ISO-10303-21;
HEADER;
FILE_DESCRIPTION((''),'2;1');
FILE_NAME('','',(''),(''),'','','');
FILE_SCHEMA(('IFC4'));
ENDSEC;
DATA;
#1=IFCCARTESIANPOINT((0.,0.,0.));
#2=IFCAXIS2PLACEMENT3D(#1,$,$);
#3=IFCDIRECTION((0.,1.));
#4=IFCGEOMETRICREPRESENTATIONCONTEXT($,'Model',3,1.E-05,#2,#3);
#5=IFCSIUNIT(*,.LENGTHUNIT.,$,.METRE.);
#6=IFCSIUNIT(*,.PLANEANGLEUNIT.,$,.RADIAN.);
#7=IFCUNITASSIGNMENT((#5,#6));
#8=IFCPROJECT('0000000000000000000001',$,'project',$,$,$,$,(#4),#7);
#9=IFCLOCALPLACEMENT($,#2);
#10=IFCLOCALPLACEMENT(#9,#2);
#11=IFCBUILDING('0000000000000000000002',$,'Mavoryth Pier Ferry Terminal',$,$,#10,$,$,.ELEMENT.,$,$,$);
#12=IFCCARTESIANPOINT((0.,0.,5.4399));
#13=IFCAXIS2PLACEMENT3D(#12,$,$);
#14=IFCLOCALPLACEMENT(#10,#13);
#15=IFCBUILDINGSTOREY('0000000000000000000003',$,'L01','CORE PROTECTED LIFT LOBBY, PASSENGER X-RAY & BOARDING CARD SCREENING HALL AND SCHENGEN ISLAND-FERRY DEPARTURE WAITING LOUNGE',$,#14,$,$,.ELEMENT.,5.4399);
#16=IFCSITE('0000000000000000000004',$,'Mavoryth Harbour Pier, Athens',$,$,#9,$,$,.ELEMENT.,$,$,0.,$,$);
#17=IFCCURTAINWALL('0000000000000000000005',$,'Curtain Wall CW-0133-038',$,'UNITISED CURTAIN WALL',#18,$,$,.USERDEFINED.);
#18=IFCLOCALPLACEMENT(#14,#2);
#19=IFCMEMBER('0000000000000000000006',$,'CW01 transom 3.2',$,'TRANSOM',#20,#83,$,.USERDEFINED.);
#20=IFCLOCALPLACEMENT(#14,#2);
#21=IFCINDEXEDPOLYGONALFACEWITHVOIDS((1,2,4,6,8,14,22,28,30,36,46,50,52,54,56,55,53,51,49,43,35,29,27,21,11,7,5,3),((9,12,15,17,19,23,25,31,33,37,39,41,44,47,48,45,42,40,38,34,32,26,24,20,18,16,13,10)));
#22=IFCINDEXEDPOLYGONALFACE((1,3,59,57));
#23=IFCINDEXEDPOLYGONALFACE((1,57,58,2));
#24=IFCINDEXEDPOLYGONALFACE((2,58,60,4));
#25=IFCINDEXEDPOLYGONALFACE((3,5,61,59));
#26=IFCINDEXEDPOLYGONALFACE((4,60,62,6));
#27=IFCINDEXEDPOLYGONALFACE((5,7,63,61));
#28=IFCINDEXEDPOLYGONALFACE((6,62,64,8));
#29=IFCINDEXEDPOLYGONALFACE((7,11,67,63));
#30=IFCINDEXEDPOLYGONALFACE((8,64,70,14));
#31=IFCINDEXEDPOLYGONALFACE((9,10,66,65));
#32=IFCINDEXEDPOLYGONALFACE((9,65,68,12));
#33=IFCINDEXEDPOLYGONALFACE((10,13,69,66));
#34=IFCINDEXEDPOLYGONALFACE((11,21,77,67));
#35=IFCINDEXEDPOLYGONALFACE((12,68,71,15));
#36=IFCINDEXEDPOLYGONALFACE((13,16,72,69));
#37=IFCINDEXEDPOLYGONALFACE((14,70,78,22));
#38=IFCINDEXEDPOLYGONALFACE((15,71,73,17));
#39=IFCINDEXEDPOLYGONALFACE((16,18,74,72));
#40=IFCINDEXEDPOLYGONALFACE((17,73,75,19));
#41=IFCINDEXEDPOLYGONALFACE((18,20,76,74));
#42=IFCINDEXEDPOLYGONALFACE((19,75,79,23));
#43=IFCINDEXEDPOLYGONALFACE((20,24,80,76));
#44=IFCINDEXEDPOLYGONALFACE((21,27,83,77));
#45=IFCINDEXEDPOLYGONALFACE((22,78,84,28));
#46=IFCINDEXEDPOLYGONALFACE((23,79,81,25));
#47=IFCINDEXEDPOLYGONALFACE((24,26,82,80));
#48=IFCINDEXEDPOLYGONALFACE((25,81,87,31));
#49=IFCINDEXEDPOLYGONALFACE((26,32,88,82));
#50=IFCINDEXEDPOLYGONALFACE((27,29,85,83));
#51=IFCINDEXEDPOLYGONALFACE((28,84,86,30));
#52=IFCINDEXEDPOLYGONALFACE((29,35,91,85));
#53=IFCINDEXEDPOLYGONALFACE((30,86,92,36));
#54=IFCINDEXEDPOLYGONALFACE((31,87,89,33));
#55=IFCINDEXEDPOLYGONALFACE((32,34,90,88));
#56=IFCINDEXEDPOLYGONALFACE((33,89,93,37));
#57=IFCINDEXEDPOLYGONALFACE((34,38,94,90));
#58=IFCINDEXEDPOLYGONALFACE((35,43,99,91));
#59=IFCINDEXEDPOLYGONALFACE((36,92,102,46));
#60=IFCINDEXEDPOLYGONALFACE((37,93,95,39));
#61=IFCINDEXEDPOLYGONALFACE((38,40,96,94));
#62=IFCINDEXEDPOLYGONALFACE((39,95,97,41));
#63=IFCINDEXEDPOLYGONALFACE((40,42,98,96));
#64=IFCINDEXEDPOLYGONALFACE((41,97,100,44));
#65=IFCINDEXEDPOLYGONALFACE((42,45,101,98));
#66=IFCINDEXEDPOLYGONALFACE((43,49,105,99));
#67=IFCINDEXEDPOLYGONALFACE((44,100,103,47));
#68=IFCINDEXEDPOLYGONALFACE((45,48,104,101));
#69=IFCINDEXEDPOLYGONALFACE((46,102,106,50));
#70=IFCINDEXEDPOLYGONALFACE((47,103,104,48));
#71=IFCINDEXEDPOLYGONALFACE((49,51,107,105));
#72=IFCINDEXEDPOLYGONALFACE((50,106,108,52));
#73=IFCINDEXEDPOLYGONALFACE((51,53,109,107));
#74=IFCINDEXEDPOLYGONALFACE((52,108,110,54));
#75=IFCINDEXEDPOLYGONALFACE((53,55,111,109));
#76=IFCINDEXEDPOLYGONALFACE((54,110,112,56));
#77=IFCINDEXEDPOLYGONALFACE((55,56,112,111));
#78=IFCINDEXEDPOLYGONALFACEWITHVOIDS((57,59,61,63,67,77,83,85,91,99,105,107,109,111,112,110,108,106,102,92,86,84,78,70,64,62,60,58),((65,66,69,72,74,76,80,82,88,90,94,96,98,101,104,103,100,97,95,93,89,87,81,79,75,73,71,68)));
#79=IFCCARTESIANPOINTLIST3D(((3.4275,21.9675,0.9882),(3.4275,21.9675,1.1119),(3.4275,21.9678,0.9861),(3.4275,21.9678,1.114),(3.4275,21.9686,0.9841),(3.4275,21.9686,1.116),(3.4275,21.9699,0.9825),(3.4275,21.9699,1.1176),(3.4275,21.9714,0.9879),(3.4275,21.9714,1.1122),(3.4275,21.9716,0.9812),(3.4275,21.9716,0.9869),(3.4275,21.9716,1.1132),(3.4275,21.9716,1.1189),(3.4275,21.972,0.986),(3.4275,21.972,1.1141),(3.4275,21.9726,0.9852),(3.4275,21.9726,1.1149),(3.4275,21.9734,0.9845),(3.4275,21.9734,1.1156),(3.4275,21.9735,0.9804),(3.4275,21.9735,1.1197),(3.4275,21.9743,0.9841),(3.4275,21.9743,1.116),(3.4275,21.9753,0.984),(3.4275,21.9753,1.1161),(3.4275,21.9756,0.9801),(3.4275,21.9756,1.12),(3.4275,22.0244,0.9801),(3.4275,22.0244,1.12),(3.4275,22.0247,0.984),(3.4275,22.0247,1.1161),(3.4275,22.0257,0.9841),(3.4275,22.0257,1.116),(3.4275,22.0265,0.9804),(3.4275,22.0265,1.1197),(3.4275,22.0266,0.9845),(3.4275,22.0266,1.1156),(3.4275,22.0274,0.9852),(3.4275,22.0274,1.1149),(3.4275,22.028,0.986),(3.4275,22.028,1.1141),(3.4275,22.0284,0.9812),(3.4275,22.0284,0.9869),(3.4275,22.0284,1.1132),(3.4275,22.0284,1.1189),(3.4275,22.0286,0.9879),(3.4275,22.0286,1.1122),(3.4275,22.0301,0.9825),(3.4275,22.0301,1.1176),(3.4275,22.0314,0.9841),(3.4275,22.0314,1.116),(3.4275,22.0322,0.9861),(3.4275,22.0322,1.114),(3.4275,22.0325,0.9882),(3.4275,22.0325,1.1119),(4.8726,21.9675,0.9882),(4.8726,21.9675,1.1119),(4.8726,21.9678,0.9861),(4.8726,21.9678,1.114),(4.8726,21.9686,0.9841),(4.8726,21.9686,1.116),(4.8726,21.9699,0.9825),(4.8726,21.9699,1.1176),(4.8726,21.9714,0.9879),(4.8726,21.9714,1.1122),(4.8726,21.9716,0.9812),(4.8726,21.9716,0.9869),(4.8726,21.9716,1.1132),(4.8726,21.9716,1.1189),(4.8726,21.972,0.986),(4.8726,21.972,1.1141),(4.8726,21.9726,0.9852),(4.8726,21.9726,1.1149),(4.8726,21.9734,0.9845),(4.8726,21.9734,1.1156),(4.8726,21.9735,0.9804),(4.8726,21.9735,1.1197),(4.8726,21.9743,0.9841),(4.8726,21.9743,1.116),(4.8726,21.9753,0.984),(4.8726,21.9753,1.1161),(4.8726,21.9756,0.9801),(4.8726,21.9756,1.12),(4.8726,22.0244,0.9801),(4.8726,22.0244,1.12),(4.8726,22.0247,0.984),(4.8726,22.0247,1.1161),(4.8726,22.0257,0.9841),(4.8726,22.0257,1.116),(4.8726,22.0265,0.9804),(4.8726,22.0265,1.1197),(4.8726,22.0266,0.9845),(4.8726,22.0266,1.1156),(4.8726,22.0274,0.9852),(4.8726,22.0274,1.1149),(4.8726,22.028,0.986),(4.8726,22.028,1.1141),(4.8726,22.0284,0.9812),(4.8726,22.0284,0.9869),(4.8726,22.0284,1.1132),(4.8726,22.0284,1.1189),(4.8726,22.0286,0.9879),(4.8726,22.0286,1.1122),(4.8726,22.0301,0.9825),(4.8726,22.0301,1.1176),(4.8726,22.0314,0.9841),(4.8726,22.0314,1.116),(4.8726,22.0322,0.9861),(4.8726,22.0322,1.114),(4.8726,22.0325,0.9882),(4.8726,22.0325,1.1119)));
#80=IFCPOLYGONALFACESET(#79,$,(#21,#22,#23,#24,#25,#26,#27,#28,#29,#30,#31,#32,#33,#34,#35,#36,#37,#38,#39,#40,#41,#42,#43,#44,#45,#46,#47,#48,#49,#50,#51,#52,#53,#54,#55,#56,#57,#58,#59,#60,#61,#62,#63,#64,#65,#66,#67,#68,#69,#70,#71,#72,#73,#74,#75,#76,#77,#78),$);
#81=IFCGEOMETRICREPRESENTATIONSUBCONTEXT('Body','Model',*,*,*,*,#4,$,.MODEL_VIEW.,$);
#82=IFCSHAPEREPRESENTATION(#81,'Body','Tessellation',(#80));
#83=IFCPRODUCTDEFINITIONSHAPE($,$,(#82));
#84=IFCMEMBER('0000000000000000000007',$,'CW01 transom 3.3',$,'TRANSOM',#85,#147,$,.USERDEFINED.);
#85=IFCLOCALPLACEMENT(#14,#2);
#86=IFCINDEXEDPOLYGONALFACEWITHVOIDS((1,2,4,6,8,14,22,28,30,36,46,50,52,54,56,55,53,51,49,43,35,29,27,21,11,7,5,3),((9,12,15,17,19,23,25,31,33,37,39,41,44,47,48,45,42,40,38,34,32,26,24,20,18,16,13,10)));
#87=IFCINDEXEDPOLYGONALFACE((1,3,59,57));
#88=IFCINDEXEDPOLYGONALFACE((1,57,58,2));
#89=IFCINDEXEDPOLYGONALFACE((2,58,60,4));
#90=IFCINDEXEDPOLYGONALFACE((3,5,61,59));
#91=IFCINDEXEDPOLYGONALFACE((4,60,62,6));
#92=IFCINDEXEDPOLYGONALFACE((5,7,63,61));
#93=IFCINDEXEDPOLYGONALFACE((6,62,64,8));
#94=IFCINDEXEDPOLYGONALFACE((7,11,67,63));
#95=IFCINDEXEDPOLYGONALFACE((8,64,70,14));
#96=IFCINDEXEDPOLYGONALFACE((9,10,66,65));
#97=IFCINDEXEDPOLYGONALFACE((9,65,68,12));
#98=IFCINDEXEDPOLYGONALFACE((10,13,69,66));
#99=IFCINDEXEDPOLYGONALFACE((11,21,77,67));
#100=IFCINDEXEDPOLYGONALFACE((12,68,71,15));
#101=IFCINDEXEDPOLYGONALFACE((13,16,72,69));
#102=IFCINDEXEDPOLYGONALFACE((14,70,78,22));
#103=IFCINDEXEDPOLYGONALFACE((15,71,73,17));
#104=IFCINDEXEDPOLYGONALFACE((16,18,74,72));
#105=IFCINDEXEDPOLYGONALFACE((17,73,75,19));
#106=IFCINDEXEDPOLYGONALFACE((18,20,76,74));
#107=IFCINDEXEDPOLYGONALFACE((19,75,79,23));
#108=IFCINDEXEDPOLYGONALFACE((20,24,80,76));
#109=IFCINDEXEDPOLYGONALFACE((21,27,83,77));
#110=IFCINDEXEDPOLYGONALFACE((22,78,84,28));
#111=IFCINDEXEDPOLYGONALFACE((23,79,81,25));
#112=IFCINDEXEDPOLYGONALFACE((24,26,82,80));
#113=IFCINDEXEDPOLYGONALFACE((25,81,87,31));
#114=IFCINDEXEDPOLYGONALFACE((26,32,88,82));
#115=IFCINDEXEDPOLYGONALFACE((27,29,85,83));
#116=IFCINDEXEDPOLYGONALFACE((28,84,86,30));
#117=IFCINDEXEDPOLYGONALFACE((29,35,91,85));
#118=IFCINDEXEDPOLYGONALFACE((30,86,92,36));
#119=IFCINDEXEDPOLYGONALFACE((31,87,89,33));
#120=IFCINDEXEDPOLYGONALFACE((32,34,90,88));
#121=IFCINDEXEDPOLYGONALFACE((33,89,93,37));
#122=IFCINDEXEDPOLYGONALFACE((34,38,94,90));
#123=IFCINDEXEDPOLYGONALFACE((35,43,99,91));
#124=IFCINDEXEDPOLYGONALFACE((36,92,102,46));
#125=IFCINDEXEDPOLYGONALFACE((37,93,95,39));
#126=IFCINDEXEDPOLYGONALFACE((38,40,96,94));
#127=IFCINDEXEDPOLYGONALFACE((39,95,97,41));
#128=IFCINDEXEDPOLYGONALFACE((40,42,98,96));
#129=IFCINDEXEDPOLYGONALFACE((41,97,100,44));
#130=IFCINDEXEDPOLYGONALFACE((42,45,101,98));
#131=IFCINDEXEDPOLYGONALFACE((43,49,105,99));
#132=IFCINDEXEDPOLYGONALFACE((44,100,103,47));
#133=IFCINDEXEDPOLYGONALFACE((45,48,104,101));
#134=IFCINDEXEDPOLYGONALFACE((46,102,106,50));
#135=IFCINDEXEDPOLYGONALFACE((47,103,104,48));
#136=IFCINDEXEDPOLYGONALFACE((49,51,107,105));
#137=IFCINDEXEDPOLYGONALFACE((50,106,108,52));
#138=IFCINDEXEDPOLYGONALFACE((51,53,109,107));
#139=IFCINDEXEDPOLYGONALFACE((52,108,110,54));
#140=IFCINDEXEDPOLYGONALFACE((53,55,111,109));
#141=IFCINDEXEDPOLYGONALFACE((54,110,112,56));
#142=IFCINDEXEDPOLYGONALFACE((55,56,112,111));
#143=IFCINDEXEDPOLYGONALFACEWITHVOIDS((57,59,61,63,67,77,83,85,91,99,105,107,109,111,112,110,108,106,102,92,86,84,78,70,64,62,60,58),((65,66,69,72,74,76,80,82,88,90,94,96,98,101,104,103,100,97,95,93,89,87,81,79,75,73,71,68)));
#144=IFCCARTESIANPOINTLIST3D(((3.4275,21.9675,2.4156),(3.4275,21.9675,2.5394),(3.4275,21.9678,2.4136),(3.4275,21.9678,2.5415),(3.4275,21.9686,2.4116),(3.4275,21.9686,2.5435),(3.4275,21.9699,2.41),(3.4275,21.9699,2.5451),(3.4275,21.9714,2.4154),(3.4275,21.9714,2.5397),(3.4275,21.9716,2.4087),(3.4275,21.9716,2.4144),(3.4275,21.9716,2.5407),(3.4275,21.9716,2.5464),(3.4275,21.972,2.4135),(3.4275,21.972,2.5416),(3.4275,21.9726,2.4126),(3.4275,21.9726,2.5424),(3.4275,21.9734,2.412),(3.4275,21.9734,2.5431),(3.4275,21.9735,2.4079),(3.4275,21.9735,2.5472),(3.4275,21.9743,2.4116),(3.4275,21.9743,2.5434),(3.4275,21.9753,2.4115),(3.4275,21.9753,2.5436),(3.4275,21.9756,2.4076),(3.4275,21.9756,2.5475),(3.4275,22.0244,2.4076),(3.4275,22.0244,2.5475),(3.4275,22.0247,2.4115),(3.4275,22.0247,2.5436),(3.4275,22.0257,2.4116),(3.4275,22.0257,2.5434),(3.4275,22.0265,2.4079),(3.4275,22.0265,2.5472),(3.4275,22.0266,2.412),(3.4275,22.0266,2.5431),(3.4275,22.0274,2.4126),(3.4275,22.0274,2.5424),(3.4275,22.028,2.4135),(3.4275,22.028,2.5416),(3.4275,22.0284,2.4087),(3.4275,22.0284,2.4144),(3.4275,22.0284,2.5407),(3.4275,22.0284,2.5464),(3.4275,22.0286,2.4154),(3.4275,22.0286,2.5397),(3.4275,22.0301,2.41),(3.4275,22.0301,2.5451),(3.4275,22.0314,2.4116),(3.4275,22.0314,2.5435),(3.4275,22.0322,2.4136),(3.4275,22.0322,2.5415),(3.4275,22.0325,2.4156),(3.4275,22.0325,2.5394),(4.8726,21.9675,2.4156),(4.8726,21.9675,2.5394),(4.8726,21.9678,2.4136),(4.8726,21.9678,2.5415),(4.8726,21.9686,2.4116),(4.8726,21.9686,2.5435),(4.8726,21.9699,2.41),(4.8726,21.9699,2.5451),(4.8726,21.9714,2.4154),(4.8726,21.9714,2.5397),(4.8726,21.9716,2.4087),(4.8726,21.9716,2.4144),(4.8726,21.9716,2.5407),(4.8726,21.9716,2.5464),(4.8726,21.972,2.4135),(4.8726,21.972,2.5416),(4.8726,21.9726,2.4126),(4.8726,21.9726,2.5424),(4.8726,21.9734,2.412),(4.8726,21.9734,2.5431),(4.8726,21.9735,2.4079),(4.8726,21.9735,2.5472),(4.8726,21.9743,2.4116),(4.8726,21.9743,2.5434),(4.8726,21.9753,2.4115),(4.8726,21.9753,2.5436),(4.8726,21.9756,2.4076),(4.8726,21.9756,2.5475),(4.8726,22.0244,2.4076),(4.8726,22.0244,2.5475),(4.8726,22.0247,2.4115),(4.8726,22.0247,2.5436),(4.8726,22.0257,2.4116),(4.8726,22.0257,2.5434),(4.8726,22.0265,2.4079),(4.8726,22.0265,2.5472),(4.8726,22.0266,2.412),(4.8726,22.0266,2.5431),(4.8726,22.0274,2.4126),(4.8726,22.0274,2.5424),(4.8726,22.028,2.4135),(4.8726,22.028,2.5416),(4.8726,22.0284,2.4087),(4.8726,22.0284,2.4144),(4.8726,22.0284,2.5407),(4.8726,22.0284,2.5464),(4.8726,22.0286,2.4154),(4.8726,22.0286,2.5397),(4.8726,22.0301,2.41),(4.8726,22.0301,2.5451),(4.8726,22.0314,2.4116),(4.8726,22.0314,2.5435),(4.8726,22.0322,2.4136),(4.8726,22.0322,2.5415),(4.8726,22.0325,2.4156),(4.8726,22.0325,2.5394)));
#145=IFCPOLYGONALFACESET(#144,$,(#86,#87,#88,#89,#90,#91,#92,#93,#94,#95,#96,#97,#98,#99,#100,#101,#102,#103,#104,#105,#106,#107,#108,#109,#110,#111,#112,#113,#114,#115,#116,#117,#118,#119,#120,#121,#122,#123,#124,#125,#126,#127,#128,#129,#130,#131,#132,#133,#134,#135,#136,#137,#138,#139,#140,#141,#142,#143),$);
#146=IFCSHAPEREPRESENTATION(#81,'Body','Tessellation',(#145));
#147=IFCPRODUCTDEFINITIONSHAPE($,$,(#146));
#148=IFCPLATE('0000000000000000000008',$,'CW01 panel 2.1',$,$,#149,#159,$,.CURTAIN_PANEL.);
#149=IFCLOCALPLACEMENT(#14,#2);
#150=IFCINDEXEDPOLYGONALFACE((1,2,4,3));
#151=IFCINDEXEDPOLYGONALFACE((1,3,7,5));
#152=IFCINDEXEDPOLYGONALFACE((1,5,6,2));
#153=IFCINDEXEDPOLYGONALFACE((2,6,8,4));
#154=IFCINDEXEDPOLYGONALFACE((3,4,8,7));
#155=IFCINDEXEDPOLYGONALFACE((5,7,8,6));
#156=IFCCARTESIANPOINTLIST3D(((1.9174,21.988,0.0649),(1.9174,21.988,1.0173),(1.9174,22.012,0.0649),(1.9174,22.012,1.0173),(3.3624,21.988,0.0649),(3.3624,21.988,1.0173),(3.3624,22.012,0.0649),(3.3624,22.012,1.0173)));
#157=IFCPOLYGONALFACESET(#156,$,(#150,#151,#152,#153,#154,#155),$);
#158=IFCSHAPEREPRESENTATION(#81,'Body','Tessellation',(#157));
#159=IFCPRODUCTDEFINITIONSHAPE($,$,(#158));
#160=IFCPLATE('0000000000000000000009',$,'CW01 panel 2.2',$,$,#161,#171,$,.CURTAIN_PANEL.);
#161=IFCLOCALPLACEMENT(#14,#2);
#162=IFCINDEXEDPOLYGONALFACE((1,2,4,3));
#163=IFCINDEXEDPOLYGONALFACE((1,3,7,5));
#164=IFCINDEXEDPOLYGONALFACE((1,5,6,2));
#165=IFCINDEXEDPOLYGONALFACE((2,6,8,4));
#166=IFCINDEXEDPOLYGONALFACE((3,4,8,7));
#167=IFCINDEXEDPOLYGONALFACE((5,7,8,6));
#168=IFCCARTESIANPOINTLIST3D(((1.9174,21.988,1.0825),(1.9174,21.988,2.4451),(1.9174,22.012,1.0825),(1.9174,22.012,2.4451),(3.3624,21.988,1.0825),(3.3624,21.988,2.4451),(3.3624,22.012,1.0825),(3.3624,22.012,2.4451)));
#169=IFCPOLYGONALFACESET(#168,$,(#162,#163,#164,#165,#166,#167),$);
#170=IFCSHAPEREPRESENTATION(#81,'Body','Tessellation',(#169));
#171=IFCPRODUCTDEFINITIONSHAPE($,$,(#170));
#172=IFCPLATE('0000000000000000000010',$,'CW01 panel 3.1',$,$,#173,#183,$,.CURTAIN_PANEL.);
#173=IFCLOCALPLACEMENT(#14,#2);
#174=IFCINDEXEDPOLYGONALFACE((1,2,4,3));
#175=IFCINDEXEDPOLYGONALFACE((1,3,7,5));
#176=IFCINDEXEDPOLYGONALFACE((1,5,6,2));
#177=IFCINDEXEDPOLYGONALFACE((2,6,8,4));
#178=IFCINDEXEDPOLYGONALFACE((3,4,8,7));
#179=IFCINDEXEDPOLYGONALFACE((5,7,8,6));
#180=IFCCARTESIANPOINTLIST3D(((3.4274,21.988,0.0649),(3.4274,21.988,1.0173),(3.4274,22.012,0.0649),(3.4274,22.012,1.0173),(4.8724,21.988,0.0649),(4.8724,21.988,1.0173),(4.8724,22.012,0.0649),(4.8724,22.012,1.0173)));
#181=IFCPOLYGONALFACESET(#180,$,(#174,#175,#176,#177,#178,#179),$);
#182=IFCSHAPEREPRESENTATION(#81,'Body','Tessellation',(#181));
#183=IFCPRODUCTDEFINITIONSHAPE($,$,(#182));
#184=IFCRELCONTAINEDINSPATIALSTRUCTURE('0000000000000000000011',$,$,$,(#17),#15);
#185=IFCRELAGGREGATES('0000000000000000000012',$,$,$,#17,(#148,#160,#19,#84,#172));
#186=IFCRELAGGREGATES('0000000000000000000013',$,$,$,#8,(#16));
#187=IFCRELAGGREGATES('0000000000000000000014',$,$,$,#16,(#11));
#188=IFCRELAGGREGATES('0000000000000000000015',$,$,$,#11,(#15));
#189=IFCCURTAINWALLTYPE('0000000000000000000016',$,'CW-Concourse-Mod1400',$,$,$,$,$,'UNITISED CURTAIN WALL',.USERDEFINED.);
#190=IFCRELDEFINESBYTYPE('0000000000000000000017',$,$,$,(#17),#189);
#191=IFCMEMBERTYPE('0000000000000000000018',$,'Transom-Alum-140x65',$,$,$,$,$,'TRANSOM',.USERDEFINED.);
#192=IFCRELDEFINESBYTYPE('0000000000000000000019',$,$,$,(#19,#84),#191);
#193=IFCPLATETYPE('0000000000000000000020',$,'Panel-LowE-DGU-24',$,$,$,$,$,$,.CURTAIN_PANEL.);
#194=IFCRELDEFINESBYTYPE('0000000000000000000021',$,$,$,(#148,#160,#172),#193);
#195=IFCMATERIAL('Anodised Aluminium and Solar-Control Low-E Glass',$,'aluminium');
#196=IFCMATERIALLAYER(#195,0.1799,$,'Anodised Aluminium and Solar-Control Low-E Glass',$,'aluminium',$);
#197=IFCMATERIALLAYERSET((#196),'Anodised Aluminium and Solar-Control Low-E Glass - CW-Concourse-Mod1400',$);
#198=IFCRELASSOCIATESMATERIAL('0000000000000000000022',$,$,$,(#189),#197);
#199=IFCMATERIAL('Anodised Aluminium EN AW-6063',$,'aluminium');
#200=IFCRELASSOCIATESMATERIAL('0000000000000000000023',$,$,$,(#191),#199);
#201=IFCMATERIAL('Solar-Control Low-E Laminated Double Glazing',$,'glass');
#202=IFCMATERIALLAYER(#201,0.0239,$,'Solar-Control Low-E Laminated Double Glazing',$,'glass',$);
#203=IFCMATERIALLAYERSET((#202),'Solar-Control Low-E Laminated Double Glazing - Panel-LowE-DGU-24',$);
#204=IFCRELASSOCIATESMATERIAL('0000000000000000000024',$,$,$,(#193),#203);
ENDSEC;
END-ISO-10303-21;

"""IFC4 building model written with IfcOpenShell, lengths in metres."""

from ifc_helpers import new_model, si_unit, direction, frame, origin, origin_2d, place, context, subcontext, project, spatial, rectangle, hollow_rectangle, extrude, material, layer, layer_set, material_profile, profile_set, type_object, element, aggregate, save


model = new_model("IFC4")

# Units and contexts
model_context = context("Model", 3, precision=1e-05, world=origin(), true_north=direction((0.0, 1.0)))
body_context = subcontext(model_context, "Body", "Model", "MODEL_VIEW")
ifc_project = project(units=[si_unit("LENGTHUNIT", "METRE"), si_unit("PLANEANGLEUNIT", "RADIAN")], contexts=[model_context])

# Site, building, storey
site_placement = place(None, origin())
site = spatial("IfcSite", under=ifc_project, at=site_placement, Name="Mavoryth Harbour Pier, Athens", CompositionType="ELEMENT", RefElevation=0.0)
building_placement = place(site_placement, origin())
building = spatial("IfcBuilding", under=site, at=building_placement, Name="Mavoryth Pier Ferry Terminal", CompositionType="ELEMENT")
storey_placement = place(building_placement, frame((0.0, 0.0, 5.4399)))
storey = spatial("IfcBuildingStorey", under=building, at=storey_placement, Name="L01", Description="CORE PROTECTED LIFT LOBBY, PASSENGER X-RAY & BOARDING CARD SCREENING HALL AND SCHENGEN ISLAND-FERRY DEPARTURE WAITING LOUNGE", CompositionType="ELEMENT", Elevation=5.4399)

# Curtain wall
ifc_material_1 = material(Name="Anodised Aluminium and Solar-Control Low-E Glass", Category="aluminium")
ifc_layer_1 = layer(ifc_material_1, 0.1799, Name="Anodised Aluminium and Solar-Control Low-E Glass", Category="aluminium")
ifc_layer_set_1 = layer_set([ifc_layer_1], Name="Anodised Aluminium and Solar-Control Low-E Glass - CW-Concourse-Mod1400")
curtain_wall_type = type_object("IfcCurtainWallType", Name="CW-Concourse-Mod1400", ElementType="UNITISED CURTAIN WALL", PredefinedType="USERDEFINED", material=ifc_layer_set_1)
curtain_wall_placement = place(storey_placement, origin())
curtain_wall = element("IfcCurtainWall", 1, at=curtain_wall_placement, inside=storey, type_object=curtain_wall_type, Name="Curtain Wall CW-0133-038", ObjectType="UNITISED CURTAIN WALL", PredefinedType="USERDEFINED")
ifc_material_2 = material(Name="Anodised Aluminium EN AW-6063", Category="aluminium")

# Members
ifc_material_profile_1 = material_profile(ifc_material_2, hollow_rectangle(XDim=0.0649, YDim=0.1399, WallThickness=0.0039, InnerFilletRadius=0.0039, OuterFilletRadius=0.0081, at=origin_2d()), Name="AL-TRAN 140x65x4", Category="aluminium")
ifc_profile_set_1 = profile_set([ifc_material_profile_1], Name="Anodised Aluminium EN AW-6063 - AL-TRAN 140x65x4")
member_type_1 = type_object("IfcMemberType", Name="Transom-Alum-140x65", ElementType="TRANSOM", PredefinedType="USERDEFINED", material=ifc_profile_set_1)
member_1_placement = place(storey_placement, frame((3.4275, 22.0, 1.05), z_axis=(1.0, 0.0, 0.0), x_axis=(0.0, 1.0, 0.0)))
member_1 = element("IfcMember", 2, at=member_1_placement, type_object=member_type_1, Name="CW01 transom 3.2", ObjectType="TRANSOM", PredefinedType="USERDEFINED", context=body_context, shape_type="SweptSolid", body=[
    extrude(hollow_rectangle(XDim=0.0649, YDim=0.1399, WallThickness=0.0039, InnerFilletRadius=0.0039, OuterFilletRadius=0.0081, at=origin_2d()), origin(), (0.0, 0.0, 1.0), 1.4451),
])
member_2_placement = place(storey_placement, frame((3.4275, 22.0, 2.4775), z_axis=(1.0, 0.0, 0.0), x_axis=(0.0, 1.0, 0.0)))
member_2 = element("IfcMember", 3, at=member_2_placement, type_object=member_type_1, Name="CW01 transom 3.3", ObjectType="TRANSOM", PredefinedType="USERDEFINED", context=body_context, shape_type="SweptSolid", body=[
    extrude(hollow_rectangle(XDim=0.0649, YDim=0.1399, WallThickness=0.0039, InnerFilletRadius=0.0039, OuterFilletRadius=0.0081, at=origin_2d()), origin(), (0.0, 0.0, 1.0), 1.4451),
])

# Plates
ifc_material_3 = material(Name="Solar-Control Low-E Laminated Double Glazing", Category="glass")
ifc_layer_2 = layer(ifc_material_3, 0.0239, Name="Solar-Control Low-E Laminated Double Glazing", Category="glass")
ifc_layer_set_2 = layer_set([ifc_layer_2], Name="Solar-Control Low-E Laminated Double Glazing - Panel-LowE-DGU-24")
plate_type = type_object("IfcPlateType", Name="Panel-LowE-DGU-24", PredefinedType="CURTAIN_PANEL", material=ifc_layer_set_2)
plate_1_placement = place(storey_placement, frame((2.6399, 22.0, 0.0649), z_axis=(0.0, 0.0, 1.0), x_axis=(1.0, 0.0, 0.0)))
plate_1 = element("IfcPlate", 4, at=plate_1_placement, type_object=plate_type, Name="CW01 panel 2.1", PredefinedType="CURTAIN_PANEL", context=body_context, shape_type="SweptSolid", body=[
    extrude(rectangle(XDim=1.4451, YDim=0.0239, at=origin_2d()), origin(), (0.0, 0.0, 1.0), 0.9524),
])
plate_2_placement = place(storey_placement, frame((2.6399, 22.0, 1.0825), z_axis=(0.0, 0.0, 1.0), x_axis=(1.0, 0.0, 0.0)))
plate_2 = element("IfcPlate", 5, at=plate_2_placement, type_object=plate_type, Name="CW01 panel 2.2", PredefinedType="CURTAIN_PANEL", context=body_context, shape_type="SweptSolid", body=[
    extrude(rectangle(XDim=1.4451, YDim=0.0239, at=origin_2d()), origin(), (0.0, 0.0, 1.0), 1.3625),
])
plate_3_placement = place(storey_placement, frame((4.1499, 22.0, 0.0649), z_axis=(0.0, 0.0, 1.0), x_axis=(1.0, 0.0, 0.0)))
plate_3 = element("IfcPlate", 6, at=plate_3_placement, type_object=plate_type, Name="CW01 panel 3.1", PredefinedType="CURTAIN_PANEL", context=body_context, shape_type="SweptSolid", body=[
    extrude(rectangle(XDim=1.4451, YDim=0.0239, at=origin_2d()), origin(), (0.0, 0.0, 1.0), 0.9524),
])
aggregate(curtain_wall, [plate_1, plate_2, member_1, member_2, plate_3])

save(model, "model.ifc")
